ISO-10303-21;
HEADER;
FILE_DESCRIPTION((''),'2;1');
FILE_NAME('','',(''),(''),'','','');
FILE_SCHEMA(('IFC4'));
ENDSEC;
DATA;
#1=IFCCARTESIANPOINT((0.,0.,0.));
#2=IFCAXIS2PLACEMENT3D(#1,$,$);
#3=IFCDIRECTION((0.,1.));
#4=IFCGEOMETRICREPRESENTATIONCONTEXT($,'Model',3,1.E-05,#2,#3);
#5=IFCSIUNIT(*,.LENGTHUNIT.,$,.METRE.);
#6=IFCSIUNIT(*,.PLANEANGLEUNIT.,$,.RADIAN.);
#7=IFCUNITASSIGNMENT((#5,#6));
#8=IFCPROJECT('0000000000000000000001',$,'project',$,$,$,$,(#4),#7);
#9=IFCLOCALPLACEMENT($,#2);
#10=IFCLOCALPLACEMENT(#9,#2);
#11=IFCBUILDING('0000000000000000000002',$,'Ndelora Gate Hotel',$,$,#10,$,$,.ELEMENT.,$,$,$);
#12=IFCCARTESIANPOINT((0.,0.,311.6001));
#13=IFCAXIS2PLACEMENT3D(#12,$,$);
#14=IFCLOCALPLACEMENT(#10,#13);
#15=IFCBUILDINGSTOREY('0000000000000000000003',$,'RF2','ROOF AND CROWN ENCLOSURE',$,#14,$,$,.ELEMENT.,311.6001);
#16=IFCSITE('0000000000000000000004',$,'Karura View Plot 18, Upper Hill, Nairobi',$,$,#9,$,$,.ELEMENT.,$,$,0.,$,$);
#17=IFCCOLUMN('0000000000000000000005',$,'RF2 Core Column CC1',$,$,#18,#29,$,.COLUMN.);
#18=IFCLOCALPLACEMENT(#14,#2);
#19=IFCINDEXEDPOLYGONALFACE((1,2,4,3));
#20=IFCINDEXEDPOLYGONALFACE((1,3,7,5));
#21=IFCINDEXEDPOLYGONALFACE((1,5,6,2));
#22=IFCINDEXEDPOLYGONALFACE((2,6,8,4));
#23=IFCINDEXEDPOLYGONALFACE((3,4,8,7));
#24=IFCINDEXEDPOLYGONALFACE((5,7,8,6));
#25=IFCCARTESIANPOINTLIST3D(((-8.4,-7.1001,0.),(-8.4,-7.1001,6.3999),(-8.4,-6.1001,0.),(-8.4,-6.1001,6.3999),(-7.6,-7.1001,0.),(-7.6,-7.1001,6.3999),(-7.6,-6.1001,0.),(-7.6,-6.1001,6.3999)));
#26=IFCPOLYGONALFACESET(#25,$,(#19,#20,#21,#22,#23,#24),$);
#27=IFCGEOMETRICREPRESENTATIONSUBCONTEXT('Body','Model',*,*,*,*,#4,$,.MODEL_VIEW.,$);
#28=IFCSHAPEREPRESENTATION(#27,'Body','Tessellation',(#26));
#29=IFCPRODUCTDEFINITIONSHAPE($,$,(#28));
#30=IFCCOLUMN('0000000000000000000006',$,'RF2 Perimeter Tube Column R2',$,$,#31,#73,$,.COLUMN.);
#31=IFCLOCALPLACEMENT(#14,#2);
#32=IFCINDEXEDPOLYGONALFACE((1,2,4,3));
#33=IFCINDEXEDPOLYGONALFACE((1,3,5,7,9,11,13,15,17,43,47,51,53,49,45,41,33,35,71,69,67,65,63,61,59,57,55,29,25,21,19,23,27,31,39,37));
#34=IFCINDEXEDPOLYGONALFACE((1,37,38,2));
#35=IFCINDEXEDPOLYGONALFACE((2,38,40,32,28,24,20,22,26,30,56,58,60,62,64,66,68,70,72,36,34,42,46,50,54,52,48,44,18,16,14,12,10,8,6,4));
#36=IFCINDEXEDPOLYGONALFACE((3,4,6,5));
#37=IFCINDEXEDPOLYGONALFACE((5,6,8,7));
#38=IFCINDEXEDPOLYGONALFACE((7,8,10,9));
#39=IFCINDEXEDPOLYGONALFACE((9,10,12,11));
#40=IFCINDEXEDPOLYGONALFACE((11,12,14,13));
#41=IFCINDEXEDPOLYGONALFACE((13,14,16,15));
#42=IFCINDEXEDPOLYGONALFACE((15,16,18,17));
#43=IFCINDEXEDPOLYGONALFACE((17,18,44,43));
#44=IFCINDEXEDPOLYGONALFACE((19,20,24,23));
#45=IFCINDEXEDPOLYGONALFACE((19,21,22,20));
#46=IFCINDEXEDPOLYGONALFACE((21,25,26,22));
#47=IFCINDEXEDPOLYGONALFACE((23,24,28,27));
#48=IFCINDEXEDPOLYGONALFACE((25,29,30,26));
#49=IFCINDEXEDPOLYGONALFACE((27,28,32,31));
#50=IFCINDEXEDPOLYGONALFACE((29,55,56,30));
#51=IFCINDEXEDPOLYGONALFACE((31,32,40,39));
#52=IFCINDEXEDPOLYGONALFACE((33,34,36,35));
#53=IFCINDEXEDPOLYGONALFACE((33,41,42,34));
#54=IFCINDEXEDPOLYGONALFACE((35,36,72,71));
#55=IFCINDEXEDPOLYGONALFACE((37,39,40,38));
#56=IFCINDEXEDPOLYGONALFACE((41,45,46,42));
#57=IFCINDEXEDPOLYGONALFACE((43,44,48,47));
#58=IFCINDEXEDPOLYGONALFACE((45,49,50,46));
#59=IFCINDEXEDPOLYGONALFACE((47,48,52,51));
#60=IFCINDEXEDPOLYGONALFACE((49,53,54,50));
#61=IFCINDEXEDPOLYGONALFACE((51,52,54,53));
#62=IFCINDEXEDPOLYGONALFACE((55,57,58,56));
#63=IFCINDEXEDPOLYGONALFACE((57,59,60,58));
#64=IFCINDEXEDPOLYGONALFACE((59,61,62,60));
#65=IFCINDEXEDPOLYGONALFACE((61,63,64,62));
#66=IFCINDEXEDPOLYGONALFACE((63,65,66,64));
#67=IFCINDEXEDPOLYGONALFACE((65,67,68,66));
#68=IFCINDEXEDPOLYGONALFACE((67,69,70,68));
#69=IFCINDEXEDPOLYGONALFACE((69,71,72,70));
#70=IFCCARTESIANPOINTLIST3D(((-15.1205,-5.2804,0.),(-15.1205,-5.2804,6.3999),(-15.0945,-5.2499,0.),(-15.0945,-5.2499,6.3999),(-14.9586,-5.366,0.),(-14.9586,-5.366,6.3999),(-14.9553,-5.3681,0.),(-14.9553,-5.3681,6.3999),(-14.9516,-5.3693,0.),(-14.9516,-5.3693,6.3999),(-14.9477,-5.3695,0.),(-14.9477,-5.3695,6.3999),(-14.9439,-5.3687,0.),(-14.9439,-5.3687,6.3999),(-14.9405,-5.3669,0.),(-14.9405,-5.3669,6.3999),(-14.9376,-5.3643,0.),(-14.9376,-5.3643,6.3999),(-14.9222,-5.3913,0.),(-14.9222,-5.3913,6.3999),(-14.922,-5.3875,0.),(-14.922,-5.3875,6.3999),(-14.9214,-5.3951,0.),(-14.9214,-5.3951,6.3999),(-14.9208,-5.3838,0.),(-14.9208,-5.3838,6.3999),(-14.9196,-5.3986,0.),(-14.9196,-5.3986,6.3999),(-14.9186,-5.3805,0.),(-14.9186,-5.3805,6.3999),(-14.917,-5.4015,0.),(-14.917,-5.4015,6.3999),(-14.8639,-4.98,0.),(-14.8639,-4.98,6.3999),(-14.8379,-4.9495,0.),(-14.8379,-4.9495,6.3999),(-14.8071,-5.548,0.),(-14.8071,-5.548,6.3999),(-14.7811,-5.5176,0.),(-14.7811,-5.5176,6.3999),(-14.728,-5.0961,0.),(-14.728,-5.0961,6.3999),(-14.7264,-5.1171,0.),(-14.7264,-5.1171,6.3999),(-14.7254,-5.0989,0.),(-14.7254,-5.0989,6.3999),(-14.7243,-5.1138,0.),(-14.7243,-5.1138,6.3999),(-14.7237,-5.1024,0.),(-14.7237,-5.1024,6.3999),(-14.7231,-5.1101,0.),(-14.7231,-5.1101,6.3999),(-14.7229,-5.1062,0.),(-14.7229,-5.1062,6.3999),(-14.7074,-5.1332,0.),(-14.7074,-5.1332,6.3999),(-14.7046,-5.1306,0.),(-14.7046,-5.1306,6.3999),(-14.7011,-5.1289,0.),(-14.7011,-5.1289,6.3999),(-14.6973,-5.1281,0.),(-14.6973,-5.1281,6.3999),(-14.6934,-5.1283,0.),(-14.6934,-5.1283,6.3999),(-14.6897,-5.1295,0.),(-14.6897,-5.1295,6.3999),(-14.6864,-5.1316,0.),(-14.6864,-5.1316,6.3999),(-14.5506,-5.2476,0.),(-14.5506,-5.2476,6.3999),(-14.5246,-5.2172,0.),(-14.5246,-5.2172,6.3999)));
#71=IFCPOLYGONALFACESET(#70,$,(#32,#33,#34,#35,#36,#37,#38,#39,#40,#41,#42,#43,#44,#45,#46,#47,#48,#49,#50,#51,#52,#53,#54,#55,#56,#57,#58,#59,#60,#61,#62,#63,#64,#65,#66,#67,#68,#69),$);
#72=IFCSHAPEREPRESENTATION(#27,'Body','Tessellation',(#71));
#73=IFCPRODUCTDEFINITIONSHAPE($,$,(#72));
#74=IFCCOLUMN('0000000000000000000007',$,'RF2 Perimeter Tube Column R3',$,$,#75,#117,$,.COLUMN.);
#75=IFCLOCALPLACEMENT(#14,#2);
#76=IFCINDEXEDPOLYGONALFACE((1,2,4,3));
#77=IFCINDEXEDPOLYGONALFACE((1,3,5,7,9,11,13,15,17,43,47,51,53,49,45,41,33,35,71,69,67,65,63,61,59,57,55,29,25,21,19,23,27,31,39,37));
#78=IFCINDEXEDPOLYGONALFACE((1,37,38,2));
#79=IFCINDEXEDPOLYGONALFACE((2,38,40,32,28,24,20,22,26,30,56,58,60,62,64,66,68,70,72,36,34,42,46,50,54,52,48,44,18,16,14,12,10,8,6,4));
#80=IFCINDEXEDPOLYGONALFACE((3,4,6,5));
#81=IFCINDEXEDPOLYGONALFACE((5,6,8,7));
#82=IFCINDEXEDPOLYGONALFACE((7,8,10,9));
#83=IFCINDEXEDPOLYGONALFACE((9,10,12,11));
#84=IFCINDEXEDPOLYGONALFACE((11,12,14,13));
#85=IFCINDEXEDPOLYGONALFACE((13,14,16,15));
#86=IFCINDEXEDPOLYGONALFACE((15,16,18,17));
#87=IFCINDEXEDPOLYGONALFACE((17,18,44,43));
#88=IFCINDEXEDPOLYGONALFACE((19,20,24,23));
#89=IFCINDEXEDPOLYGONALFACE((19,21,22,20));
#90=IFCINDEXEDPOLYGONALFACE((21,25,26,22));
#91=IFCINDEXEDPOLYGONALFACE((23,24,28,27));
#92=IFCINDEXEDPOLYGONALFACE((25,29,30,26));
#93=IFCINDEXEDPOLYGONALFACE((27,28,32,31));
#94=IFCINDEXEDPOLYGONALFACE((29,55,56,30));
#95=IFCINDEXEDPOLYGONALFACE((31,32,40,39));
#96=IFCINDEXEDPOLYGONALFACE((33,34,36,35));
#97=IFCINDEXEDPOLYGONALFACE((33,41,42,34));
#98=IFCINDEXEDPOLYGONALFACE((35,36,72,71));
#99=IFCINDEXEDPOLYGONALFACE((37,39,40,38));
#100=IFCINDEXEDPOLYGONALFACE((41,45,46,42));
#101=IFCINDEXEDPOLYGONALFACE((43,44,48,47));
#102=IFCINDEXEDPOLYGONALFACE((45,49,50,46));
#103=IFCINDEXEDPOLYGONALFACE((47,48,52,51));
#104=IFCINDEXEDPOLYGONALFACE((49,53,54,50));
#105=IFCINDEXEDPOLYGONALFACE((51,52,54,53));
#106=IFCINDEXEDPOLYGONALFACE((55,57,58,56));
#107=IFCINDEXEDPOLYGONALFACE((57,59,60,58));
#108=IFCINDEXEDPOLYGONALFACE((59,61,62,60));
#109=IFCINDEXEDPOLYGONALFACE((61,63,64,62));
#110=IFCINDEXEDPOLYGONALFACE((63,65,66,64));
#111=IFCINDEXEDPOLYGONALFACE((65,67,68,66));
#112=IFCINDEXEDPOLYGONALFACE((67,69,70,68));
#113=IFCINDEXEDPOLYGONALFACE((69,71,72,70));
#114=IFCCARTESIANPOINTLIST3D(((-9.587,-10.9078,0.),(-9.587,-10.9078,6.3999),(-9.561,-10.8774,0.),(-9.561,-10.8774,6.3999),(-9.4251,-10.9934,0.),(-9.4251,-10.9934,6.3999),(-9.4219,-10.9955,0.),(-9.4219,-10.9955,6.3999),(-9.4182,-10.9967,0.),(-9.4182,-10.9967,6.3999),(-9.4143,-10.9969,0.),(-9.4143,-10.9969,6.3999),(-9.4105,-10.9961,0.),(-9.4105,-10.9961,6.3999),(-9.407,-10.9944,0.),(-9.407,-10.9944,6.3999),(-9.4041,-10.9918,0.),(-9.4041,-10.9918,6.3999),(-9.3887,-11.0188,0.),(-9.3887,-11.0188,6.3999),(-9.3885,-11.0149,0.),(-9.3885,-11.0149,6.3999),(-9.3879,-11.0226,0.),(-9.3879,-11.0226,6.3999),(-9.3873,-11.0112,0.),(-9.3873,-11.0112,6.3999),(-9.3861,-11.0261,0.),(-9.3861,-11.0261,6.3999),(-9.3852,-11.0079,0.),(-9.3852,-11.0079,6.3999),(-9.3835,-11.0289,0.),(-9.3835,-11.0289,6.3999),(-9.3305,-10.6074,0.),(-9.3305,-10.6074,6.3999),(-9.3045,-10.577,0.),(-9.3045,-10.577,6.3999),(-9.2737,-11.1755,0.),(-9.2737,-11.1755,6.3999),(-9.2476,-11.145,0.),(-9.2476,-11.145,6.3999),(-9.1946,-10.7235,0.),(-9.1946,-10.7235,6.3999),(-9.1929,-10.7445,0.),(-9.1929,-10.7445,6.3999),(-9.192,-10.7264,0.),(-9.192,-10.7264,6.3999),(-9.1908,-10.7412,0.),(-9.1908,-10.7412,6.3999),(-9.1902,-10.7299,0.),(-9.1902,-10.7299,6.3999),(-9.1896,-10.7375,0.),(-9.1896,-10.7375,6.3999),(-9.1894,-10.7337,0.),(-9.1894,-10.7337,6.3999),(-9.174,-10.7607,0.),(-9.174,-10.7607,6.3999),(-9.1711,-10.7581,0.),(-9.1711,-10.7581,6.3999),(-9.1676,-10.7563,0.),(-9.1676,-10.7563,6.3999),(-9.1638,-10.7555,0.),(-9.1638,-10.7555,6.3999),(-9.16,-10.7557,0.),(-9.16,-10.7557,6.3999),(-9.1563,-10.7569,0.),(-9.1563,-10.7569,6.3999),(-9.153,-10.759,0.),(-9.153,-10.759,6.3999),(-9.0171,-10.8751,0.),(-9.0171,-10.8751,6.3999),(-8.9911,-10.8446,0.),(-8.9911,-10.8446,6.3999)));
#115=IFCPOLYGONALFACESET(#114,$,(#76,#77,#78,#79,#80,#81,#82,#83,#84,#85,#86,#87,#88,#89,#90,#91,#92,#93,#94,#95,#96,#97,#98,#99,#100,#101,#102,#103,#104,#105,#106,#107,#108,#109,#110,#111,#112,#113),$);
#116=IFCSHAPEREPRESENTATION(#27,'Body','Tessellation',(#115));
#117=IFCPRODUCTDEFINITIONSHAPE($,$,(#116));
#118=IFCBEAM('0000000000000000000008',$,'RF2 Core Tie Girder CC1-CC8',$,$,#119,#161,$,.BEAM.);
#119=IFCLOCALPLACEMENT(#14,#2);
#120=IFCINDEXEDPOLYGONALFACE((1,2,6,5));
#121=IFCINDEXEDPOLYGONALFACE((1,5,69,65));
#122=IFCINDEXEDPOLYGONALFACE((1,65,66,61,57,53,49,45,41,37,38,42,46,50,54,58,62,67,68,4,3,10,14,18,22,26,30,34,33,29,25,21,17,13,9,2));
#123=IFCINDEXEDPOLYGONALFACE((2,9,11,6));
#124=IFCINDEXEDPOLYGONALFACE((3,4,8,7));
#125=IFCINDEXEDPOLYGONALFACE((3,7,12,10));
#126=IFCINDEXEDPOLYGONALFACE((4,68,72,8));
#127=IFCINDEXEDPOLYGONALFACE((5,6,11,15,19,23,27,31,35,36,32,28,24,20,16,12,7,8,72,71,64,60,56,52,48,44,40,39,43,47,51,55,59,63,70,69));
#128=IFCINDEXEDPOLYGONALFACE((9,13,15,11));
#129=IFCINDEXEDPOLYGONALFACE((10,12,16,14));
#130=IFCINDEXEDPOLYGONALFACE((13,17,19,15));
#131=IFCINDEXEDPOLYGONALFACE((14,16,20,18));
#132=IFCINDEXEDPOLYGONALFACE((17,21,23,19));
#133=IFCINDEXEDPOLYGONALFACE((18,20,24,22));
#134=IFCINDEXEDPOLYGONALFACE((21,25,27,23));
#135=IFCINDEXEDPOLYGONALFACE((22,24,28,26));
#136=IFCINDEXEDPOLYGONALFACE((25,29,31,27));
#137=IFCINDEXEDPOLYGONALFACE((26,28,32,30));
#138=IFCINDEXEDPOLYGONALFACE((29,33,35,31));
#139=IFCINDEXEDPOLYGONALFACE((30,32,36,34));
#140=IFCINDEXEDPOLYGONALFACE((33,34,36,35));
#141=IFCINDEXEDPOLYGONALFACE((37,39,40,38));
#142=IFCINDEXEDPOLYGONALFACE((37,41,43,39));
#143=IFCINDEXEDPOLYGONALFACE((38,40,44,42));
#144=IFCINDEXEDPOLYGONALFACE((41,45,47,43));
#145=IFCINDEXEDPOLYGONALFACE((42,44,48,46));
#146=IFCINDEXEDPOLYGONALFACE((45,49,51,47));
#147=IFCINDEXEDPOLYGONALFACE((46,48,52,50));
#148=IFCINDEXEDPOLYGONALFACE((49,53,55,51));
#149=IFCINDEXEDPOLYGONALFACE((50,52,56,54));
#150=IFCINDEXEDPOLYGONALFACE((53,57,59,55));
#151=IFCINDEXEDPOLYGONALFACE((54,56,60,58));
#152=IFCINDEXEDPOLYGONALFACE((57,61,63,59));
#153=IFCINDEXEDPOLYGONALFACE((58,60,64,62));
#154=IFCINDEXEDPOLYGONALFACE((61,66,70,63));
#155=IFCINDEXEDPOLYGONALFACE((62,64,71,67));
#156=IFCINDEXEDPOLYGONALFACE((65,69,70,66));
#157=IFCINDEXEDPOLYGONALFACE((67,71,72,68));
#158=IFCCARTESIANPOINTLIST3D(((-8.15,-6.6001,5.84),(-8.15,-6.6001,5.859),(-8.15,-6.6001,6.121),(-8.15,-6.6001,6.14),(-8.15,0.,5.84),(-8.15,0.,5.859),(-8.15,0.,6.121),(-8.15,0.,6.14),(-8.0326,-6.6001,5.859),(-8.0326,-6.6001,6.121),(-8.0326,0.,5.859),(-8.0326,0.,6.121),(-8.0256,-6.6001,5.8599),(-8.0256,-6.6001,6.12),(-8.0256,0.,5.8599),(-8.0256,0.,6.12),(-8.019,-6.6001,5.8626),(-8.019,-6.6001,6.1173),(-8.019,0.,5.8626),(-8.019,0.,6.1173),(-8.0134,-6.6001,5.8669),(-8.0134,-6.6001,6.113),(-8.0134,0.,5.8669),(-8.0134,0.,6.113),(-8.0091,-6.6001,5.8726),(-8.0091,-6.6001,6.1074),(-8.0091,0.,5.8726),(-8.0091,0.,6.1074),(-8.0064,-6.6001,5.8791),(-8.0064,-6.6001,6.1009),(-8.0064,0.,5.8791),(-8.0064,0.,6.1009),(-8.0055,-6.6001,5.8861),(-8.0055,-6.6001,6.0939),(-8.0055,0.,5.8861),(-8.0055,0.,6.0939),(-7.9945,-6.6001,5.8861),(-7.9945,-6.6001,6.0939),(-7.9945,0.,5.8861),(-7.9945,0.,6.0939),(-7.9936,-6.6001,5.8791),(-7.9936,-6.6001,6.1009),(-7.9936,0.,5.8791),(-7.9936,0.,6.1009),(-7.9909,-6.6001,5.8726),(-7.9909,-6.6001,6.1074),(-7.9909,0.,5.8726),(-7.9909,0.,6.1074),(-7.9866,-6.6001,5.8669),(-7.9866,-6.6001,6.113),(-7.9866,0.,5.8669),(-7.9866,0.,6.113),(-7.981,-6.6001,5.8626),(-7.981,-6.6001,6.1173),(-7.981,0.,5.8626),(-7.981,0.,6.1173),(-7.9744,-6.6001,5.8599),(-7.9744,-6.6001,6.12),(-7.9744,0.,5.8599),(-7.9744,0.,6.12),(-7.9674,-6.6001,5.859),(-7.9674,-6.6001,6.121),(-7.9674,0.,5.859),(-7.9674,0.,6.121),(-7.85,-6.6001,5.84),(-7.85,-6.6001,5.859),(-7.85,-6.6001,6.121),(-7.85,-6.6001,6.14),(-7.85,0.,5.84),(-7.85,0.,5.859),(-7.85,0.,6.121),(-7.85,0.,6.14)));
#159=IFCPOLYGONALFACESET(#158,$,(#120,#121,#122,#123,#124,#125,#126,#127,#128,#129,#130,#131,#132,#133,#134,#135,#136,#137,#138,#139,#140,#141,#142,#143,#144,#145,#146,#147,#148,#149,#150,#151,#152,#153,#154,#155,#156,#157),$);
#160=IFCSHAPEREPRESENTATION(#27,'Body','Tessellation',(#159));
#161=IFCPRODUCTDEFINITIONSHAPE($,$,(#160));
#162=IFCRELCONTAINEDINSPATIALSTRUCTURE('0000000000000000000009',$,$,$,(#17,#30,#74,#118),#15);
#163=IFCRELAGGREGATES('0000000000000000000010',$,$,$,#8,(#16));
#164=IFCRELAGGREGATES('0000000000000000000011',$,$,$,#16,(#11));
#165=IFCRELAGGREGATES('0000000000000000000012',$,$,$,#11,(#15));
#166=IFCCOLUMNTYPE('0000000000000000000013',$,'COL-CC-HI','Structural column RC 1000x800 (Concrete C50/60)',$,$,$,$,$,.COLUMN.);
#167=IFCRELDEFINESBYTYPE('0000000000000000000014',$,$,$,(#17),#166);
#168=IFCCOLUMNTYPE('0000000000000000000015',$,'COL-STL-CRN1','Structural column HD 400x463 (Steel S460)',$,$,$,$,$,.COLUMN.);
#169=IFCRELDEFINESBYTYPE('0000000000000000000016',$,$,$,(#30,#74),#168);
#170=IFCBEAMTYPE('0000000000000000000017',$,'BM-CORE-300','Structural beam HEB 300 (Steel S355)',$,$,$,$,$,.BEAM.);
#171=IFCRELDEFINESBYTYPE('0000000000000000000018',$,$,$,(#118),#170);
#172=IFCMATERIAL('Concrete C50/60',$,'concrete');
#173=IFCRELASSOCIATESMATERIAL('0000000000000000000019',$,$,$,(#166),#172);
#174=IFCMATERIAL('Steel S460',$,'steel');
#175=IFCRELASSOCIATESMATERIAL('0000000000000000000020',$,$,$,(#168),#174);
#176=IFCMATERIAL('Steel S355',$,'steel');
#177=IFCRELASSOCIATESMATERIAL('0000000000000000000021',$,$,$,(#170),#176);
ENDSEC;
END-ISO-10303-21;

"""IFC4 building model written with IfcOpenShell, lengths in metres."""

from ifc_helpers import new_model, si_unit, direction, frame, origin, origin_2d, place, context, subcontext, project, spatial, rectangle, i_section, extrude, material, material_profile, profile_set, type_object, element, save


model = new_model("IFC4")

# Units and contexts
model_context = context("Model", 3, precision=1e-05, world=origin(), true_north=direction((0.0, 1.0)))
body_context = subcontext(model_context, "Body", "Model", "MODEL_VIEW")
ifc_project = project(units=[si_unit("LENGTHUNIT", "METRE"), si_unit("PLANEANGLEUNIT", "RADIAN")], contexts=[model_context])

# Site, building, storey
site_placement = place(None, origin())
site = spatial("IfcSite", under=ifc_project, at=site_placement, Name="Karura View Plot 18, Upper Hill, Nairobi", CompositionType="ELEMENT", RefElevation=0.0)
building_placement = place(site_placement, origin())
building = spatial("IfcBuilding", under=site, at=building_placement, Name="Ndelora Gate Hotel", CompositionType="ELEMENT")
storey_placement = place(building_placement, frame((0.0, 0.0, 311.6001)))
storey = spatial("IfcBuildingStorey", under=building, at=storey_placement, Name="RF2", Description="ROOF AND CROWN ENCLOSURE", CompositionType="ELEMENT", Elevation=311.6001)

# Columns
ifc_material_1 = material(Name="Concrete C50/60", Category="concrete")
ifc_material_profile_1 = material_profile(ifc_material_1, rectangle(XDim=0.8, YDim=1.0, at=origin_2d()), Name="RC 1000x800")
ifc_profile_set_1 = profile_set([ifc_material_profile_1], Name="Concrete C50/60")
column_type_1 = type_object("IfcColumnType", Name="COL-CC-HI", Description="Structural column RC 1000x800 (Concrete C50/60)", PredefinedType="COLUMN", material=ifc_profile_set_1)
column_placement = place(storey_placement, frame((-8.0, -6.6001, 0.0), z_axis=(0.0, 0.0, 1.0), x_axis=(1.0, 0.0, 0.0)))
element("IfcColumn", 1, at=column_placement, inside=storey, type_object=column_type_1, Name="RF2 Core Column CC1", PredefinedType="COLUMN", context=body_context, shape_type="SweptSolid", body=[
    extrude(rectangle(XDim=0.8, YDim=1.0, at=origin_2d()), origin(), (0.0, 0.0, 1.0), 6.3999),
])
ifc_material_2 = material(Name="Steel S460", Category="steel")
ifc_material_profile_2 = material_profile(ifc_material_2, i_section(OverallWidth=0.4121, OverallDepth=0.4351, WebThickness=0.0249, FlangeThickness=0.04, FilletRadius=0.0149, at=origin_2d()), Name="HD 400x463")
ifc_profile_set_2 = profile_set([ifc_material_profile_2], Name="Steel S460")
column_type_2 = type_object("IfcColumnType", Name="COL-STL-CRN1", Description="Structural column HD 400x463 (Steel S460)", PredefinedType="COLUMN", material=ifc_profile_set_2)
for number, where, z_axis, x_axis, name in (
    (2, (-14.8225, -5.2488, 0.0), (0.0, 0.0, 1.0), (-0.760406, 0.649448, 0.0), "RF2 Perimeter Tube Column R2"),
    (3, (-9.2891, -10.8762, 0.0), (0.0, 0.0, 1.0), (-0.760406, 0.649448, 0.0), "RF2 Perimeter Tube Column R3"),
):
    element("IfcColumn", number, at=place(storey_placement, frame(where, z_axis=z_axis, x_axis=x_axis)), inside=storey, type_object=column_type_2, Name=name, PredefinedType="COLUMN", context=body_context, shape_type="SweptSolid", body=[
        extrude(i_section(OverallWidth=0.4121, OverallDepth=0.4351, WebThickness=0.0249, FlangeThickness=0.04, FilletRadius=0.0149, at=origin_2d()), origin(), (0.0, 0.0, 1.0), 6.3999),
    ])

# Beam
ifc_material_3 = material(Name="Steel S355", Category="steel")
ifc_material_profile_3 = material_profile(ifc_material_3, i_section(OverallWidth=0.3, OverallDepth=0.3, WebThickness=0.011, FlangeThickness=0.019, FilletRadius=0.0271, at=origin_2d()), Name="HEB 300")
ifc_profile_set_3 = profile_set([ifc_material_profile_3], Name="Steel S355")
beam_type_1 = type_object("IfcBeamType", Name="BM-CORE-300", Description="Structural beam HEB 300 (Steel S355)", PredefinedType="BEAM", material=ifc_profile_set_3)
beam_1_placement = place(storey_placement, frame((-8.0, -6.6001, 5.99), z_axis=(0.0, 1.0, 0.0), x_axis=(-1.0, 0.0, 0.0)))
element("IfcBeam", 4, at=beam_1_placement, inside=storey, type_object=beam_type_1, Name="RF2 Core Tie Girder CC1-CC8", PredefinedType="BEAM", context=body_context, shape_type="SweptSolid", body=[
    extrude(i_section(OverallWidth=0.3, OverallDepth=0.3, WebThickness=0.011, FlangeThickness=0.019, FilletRadius=0.0271, at=origin_2d()), origin(), (0.0, 0.0, 1.0), 6.6001),
])

save(model, "model.ifc")
